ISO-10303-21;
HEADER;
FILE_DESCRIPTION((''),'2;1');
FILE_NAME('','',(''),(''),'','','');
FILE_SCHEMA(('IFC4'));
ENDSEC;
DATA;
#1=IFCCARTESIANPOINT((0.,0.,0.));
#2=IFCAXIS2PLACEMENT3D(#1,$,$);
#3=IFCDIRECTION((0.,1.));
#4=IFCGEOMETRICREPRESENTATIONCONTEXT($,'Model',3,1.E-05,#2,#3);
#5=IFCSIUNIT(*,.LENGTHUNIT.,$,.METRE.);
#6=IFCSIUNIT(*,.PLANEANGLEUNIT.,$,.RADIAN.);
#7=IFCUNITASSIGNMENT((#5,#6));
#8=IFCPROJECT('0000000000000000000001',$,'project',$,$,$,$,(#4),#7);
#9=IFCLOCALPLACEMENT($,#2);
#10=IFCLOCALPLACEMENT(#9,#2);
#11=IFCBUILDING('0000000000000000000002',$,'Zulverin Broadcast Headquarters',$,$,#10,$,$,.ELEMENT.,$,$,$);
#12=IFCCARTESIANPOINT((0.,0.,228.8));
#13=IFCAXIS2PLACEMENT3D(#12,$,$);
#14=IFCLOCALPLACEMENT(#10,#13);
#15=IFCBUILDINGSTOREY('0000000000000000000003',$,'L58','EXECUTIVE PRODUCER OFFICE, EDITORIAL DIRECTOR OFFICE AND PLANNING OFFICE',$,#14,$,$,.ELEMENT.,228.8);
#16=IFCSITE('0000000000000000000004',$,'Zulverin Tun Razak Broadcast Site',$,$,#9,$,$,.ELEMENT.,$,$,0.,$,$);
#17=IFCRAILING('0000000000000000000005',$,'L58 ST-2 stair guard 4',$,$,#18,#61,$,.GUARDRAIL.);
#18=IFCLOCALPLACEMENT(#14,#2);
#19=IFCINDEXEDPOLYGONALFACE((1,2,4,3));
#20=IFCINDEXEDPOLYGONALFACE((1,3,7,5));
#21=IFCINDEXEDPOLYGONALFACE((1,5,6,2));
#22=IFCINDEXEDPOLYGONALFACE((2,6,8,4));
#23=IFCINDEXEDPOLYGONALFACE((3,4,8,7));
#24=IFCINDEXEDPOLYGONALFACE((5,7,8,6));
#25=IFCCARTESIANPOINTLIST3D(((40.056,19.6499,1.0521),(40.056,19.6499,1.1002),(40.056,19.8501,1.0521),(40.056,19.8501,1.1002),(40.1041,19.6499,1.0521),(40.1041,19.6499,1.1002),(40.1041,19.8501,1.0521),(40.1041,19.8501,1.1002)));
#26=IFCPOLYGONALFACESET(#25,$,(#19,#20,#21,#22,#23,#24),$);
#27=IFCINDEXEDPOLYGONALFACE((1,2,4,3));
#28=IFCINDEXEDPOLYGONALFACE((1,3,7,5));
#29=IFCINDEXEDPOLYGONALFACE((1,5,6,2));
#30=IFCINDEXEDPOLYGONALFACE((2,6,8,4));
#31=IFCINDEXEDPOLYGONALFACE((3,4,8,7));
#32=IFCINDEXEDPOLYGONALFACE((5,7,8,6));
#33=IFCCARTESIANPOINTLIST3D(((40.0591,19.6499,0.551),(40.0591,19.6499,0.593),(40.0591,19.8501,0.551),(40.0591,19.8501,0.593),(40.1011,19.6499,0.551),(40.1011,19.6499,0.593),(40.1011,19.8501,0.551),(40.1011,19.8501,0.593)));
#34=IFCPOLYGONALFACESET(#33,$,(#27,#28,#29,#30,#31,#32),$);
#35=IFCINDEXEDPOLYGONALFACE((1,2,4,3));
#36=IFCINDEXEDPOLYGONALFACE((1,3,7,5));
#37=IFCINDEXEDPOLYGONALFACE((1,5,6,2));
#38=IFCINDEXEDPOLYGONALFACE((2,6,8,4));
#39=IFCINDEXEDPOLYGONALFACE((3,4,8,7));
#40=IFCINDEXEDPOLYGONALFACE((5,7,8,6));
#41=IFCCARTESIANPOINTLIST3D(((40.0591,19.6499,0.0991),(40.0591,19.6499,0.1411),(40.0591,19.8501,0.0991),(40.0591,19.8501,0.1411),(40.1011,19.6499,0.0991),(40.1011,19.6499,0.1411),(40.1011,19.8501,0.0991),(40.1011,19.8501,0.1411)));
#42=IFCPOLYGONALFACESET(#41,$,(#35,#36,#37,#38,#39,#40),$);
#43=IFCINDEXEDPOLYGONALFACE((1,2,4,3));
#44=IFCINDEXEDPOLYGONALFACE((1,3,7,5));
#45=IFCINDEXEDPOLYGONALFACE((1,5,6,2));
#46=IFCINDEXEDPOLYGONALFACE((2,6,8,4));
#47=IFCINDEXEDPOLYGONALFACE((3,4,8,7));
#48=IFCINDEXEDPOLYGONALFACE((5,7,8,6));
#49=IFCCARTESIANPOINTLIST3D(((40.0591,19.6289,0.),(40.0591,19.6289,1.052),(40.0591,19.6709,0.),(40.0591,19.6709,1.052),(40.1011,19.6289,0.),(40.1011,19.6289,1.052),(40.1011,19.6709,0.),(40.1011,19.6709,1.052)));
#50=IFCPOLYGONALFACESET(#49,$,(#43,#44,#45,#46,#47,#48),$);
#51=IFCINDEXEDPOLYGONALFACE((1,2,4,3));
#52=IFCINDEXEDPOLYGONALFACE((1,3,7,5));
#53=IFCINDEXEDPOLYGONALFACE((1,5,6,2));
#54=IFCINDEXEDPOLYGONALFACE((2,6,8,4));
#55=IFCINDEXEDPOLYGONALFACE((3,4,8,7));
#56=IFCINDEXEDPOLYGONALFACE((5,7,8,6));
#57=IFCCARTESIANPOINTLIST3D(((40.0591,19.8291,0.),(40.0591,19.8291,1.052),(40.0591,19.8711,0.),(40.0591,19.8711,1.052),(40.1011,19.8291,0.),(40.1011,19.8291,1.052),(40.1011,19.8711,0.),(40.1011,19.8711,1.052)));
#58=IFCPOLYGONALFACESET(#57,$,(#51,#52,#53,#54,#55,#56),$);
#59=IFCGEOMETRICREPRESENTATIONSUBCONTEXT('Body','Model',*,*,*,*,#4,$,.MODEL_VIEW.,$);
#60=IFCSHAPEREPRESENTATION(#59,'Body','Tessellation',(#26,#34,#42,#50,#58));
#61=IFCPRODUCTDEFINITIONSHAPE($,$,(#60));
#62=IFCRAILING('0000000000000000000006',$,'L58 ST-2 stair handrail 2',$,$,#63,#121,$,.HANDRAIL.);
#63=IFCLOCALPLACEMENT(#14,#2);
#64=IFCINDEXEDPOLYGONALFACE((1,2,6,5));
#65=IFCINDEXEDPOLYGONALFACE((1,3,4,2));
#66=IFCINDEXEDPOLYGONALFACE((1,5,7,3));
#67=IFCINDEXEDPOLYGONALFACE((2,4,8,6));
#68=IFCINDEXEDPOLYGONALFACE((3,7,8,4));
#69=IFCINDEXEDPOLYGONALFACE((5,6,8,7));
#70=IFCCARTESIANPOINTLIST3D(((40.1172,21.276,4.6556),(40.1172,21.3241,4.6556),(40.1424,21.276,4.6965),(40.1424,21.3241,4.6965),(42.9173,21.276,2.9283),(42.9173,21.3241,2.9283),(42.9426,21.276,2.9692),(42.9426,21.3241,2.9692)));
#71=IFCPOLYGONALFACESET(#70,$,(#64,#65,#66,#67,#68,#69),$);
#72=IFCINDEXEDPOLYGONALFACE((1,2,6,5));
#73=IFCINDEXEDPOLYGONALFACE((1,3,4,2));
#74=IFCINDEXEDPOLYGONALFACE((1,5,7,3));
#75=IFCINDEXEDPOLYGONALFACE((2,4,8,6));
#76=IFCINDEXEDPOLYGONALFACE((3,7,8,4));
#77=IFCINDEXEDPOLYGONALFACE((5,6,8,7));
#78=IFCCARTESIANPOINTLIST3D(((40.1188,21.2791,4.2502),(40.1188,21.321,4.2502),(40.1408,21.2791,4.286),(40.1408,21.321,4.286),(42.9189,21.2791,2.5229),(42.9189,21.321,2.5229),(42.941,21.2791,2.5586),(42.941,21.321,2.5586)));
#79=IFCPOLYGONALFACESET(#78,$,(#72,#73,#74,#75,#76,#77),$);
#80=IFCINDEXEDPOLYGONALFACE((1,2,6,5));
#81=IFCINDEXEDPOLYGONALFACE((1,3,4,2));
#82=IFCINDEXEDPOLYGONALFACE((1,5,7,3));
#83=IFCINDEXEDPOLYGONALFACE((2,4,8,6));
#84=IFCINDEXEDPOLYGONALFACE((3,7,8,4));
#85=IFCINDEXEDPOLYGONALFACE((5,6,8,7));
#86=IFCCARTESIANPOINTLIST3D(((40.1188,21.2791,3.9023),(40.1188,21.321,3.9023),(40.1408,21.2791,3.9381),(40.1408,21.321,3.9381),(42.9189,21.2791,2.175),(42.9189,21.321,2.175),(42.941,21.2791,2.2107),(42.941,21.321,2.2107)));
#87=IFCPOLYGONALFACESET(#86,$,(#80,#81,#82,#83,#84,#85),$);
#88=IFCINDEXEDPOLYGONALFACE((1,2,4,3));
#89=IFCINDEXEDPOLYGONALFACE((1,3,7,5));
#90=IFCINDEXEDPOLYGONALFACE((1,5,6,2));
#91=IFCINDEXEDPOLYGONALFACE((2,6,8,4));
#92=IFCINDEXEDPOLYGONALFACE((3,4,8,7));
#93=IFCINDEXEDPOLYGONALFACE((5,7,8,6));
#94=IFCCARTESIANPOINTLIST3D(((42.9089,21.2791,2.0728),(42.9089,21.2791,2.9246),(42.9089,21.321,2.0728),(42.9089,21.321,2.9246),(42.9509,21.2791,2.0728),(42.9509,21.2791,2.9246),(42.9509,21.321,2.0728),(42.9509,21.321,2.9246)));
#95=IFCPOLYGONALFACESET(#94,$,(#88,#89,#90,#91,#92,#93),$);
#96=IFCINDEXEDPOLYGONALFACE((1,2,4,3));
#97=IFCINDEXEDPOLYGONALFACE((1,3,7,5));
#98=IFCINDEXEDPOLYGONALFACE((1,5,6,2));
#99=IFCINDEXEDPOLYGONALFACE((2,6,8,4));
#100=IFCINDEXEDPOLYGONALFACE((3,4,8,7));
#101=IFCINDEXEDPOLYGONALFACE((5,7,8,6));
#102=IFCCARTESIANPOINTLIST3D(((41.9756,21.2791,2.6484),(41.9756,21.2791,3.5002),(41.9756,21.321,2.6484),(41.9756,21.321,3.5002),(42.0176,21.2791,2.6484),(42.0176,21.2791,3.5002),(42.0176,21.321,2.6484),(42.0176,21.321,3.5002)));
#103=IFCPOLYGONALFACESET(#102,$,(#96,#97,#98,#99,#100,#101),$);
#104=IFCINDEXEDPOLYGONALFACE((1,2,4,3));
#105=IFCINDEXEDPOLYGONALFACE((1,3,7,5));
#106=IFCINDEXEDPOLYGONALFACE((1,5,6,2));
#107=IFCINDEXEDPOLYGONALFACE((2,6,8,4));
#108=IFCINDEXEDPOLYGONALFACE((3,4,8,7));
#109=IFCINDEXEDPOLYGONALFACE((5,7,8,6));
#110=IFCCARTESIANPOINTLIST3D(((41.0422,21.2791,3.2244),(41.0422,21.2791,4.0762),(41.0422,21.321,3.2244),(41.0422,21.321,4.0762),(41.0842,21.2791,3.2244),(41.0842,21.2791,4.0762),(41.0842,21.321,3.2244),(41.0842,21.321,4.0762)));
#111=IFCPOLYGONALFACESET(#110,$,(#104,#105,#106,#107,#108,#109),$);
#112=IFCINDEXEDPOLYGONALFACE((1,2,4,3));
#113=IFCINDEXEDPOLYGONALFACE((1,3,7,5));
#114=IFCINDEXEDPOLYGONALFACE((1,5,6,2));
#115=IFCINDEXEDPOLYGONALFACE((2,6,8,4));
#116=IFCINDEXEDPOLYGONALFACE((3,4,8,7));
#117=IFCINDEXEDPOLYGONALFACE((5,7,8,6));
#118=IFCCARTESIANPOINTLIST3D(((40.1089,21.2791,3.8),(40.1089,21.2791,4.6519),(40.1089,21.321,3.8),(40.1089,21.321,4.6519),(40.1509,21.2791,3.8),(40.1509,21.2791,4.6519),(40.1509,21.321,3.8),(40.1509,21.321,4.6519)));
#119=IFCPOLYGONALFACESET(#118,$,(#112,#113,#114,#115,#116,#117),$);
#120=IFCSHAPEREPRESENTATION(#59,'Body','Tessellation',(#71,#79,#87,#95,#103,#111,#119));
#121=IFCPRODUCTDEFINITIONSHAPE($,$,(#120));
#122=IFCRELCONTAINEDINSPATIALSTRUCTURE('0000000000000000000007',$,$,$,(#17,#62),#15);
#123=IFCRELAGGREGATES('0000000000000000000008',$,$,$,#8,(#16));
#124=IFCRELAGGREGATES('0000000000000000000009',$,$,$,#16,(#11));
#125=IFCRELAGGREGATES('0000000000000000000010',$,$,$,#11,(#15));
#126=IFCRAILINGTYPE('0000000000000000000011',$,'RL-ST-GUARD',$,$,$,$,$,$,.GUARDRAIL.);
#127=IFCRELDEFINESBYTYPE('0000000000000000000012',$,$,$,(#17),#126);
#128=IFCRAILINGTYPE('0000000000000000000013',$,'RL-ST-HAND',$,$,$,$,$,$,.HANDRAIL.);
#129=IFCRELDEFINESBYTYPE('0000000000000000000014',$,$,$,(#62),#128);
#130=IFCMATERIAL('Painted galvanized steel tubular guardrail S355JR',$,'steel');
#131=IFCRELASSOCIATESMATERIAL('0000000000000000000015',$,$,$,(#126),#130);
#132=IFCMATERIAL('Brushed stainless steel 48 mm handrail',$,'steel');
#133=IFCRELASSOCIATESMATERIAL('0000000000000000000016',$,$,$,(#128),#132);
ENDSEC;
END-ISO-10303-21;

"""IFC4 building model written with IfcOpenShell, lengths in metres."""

from ifc_helpers import new_model, si_unit, direction, frame, origin, origin_2d, place, context, subcontext, project, spatial, rectangle, extrude, material, type_object, element, save


model = new_model("IFC4")

# Units and contexts
model_context = context("Model", 3, precision=1e-05, world=origin(), true_north=direction((0.0, 1.0)))
body_context = subcontext(model_context, "Body", "Model", "MODEL_VIEW")
ifc_project = project(units=[si_unit("LENGTHUNIT", "METRE"), si_unit("PLANEANGLEUNIT", "RADIAN")], contexts=[model_context])

# Site, building, storey
site_placement = place(None, origin())
site = spatial("IfcSite", under=ifc_project, at=site_placement, Name="Zulverin Tun Razak Broadcast Site", CompositionType="ELEMENT", RefElevation=0.0)
building_placement = place(site_placement, origin())
building = spatial("IfcBuilding", under=site, at=building_placement, Name="Zulverin Broadcast Headquarters", CompositionType="ELEMENT")
storey_placement = place(building_placement, frame((0.0, 0.0, 228.8)))
storey = spatial("IfcBuildingStorey", under=building, at=storey_placement, Name="L58", Description="EXECUTIVE PRODUCER OFFICE, EDITORIAL DIRECTOR OFFICE AND PLANNING OFFICE", CompositionType="ELEMENT", Elevation=228.8)

# Railings
ifc_material_1 = material(Name="Painted galvanized steel tubular guardrail S355JR", Category="steel")
railing_type_1 = type_object("IfcRailingType", Name="RL-ST-GUARD", PredefinedType="GUARDRAIL", material=ifc_material_1)
railing_1_placement = place(storey_placement, frame((40.0801, 19.6499, 0.0)))
element("IfcRailing", 1, at=railing_1_placement, inside=storey, type_object=railing_type_1, Name="L58 ST-2 stair guard 4", PredefinedType="GUARDRAIL", context=body_context, shape_type="SweptSolid", body=[
    extrude(rectangle(XDim=0.0481, YDim=0.0481, at=origin_2d()), frame((0.0, 0.0, 1.0762), z_axis=(0.0, 1.0, 0.0), x_axis=(-1.0, 0.0, 0.0)), (0.0, 0.0, 1.0), 0.2002),
    extrude(rectangle(XDim=0.042, YDim=0.042, at=origin_2d()), frame((0.0, 0.0, 0.572), z_axis=(0.0, 1.0, 0.0), x_axis=(-1.0, 0.0, 0.0)), (0.0, 0.0, 1.0), 0.2002),
    extrude(rectangle(XDim=0.042, YDim=0.042, at=origin_2d()), frame((0.0, 0.0, 0.1201), z_axis=(0.0, 1.0, 0.0), x_axis=(-1.0, 0.0, 0.0)), (0.0, 0.0, 1.0), 0.2002),
    extrude(rectangle(XDim=0.042, YDim=0.042, at=origin_2d()), origin(), (0.0, 0.0, 1.0), 1.052),
    extrude(rectangle(XDim=0.042, YDim=0.042, at=origin_2d()), frame((0.0, 0.2002, 0.0)), (0.0, 0.0, 1.0), 1.052),
])
ifc_material_2 = material(Name="Brushed stainless steel 48 mm handrail", Category="steel")
railing_type_2 = type_object("IfcRailingType", Name="RL-ST-HAND", PredefinedType="HANDRAIL", material=ifc_material_2)
railing_2_placement = place(storey_placement, frame((42.9299, 21.3, 2.0728)))
element("IfcRailing", 2, at=railing_2_placement, inside=storey, type_object=railing_type_2, Name="L58 ST-2 stair handrail 2", PredefinedType="HANDRAIL", context=body_context, shape_type="SweptSolid", body=[
    extrude(rectangle(XDim=0.0481, YDim=0.0481, at=origin_2d()), frame((0.0, 0.0, 0.876), z_axis=(-0.85109, 0.0, 0.52502), x_axis=(0.0, -1.0, 0.0)), (0.0, 0.0, 1.0), 3.29),
    extrude(rectangle(XDim=0.042, YDim=0.042, at=origin_2d()), frame((0.0, 0.0, 0.468), z_axis=(-0.85109, 0.0, 0.52502), x_axis=(0.0, -1.0, 0.0)), (0.0, 0.0, 1.0), 3.29),
    extrude(rectangle(XDim=0.042, YDim=0.042, at=origin_2d()), frame((0.0, 0.0, 0.1201), z_axis=(-0.85109, 0.0, 0.52502), x_axis=(0.0, -1.0, 0.0)), (0.0, 0.0, 1.0), 3.29),
    extrude(rectangle(XDim=0.042, YDim=0.042, at=origin_2d()), origin(), (0.0, 0.0, 1.0), 0.8518),
    extrude(rectangle(XDim=0.042, YDim=0.042, at=origin_2d()), frame((-0.9333, 0.0, 0.5757)), (0.0, 0.0, 1.0), 0.8518),
    extrude(rectangle(XDim=0.042, YDim=0.042, at=origin_2d()), frame((-1.8667, 0.0, 1.1516)), (0.0, 0.0, 1.0), 0.8518),
    extrude(rectangle(XDim=0.042, YDim=0.042, at=origin_2d()), frame((-2.8, 0.0, 1.7273)), (0.0, 0.0, 1.0), 0.8518),
])

save(model, "model.ifc")
